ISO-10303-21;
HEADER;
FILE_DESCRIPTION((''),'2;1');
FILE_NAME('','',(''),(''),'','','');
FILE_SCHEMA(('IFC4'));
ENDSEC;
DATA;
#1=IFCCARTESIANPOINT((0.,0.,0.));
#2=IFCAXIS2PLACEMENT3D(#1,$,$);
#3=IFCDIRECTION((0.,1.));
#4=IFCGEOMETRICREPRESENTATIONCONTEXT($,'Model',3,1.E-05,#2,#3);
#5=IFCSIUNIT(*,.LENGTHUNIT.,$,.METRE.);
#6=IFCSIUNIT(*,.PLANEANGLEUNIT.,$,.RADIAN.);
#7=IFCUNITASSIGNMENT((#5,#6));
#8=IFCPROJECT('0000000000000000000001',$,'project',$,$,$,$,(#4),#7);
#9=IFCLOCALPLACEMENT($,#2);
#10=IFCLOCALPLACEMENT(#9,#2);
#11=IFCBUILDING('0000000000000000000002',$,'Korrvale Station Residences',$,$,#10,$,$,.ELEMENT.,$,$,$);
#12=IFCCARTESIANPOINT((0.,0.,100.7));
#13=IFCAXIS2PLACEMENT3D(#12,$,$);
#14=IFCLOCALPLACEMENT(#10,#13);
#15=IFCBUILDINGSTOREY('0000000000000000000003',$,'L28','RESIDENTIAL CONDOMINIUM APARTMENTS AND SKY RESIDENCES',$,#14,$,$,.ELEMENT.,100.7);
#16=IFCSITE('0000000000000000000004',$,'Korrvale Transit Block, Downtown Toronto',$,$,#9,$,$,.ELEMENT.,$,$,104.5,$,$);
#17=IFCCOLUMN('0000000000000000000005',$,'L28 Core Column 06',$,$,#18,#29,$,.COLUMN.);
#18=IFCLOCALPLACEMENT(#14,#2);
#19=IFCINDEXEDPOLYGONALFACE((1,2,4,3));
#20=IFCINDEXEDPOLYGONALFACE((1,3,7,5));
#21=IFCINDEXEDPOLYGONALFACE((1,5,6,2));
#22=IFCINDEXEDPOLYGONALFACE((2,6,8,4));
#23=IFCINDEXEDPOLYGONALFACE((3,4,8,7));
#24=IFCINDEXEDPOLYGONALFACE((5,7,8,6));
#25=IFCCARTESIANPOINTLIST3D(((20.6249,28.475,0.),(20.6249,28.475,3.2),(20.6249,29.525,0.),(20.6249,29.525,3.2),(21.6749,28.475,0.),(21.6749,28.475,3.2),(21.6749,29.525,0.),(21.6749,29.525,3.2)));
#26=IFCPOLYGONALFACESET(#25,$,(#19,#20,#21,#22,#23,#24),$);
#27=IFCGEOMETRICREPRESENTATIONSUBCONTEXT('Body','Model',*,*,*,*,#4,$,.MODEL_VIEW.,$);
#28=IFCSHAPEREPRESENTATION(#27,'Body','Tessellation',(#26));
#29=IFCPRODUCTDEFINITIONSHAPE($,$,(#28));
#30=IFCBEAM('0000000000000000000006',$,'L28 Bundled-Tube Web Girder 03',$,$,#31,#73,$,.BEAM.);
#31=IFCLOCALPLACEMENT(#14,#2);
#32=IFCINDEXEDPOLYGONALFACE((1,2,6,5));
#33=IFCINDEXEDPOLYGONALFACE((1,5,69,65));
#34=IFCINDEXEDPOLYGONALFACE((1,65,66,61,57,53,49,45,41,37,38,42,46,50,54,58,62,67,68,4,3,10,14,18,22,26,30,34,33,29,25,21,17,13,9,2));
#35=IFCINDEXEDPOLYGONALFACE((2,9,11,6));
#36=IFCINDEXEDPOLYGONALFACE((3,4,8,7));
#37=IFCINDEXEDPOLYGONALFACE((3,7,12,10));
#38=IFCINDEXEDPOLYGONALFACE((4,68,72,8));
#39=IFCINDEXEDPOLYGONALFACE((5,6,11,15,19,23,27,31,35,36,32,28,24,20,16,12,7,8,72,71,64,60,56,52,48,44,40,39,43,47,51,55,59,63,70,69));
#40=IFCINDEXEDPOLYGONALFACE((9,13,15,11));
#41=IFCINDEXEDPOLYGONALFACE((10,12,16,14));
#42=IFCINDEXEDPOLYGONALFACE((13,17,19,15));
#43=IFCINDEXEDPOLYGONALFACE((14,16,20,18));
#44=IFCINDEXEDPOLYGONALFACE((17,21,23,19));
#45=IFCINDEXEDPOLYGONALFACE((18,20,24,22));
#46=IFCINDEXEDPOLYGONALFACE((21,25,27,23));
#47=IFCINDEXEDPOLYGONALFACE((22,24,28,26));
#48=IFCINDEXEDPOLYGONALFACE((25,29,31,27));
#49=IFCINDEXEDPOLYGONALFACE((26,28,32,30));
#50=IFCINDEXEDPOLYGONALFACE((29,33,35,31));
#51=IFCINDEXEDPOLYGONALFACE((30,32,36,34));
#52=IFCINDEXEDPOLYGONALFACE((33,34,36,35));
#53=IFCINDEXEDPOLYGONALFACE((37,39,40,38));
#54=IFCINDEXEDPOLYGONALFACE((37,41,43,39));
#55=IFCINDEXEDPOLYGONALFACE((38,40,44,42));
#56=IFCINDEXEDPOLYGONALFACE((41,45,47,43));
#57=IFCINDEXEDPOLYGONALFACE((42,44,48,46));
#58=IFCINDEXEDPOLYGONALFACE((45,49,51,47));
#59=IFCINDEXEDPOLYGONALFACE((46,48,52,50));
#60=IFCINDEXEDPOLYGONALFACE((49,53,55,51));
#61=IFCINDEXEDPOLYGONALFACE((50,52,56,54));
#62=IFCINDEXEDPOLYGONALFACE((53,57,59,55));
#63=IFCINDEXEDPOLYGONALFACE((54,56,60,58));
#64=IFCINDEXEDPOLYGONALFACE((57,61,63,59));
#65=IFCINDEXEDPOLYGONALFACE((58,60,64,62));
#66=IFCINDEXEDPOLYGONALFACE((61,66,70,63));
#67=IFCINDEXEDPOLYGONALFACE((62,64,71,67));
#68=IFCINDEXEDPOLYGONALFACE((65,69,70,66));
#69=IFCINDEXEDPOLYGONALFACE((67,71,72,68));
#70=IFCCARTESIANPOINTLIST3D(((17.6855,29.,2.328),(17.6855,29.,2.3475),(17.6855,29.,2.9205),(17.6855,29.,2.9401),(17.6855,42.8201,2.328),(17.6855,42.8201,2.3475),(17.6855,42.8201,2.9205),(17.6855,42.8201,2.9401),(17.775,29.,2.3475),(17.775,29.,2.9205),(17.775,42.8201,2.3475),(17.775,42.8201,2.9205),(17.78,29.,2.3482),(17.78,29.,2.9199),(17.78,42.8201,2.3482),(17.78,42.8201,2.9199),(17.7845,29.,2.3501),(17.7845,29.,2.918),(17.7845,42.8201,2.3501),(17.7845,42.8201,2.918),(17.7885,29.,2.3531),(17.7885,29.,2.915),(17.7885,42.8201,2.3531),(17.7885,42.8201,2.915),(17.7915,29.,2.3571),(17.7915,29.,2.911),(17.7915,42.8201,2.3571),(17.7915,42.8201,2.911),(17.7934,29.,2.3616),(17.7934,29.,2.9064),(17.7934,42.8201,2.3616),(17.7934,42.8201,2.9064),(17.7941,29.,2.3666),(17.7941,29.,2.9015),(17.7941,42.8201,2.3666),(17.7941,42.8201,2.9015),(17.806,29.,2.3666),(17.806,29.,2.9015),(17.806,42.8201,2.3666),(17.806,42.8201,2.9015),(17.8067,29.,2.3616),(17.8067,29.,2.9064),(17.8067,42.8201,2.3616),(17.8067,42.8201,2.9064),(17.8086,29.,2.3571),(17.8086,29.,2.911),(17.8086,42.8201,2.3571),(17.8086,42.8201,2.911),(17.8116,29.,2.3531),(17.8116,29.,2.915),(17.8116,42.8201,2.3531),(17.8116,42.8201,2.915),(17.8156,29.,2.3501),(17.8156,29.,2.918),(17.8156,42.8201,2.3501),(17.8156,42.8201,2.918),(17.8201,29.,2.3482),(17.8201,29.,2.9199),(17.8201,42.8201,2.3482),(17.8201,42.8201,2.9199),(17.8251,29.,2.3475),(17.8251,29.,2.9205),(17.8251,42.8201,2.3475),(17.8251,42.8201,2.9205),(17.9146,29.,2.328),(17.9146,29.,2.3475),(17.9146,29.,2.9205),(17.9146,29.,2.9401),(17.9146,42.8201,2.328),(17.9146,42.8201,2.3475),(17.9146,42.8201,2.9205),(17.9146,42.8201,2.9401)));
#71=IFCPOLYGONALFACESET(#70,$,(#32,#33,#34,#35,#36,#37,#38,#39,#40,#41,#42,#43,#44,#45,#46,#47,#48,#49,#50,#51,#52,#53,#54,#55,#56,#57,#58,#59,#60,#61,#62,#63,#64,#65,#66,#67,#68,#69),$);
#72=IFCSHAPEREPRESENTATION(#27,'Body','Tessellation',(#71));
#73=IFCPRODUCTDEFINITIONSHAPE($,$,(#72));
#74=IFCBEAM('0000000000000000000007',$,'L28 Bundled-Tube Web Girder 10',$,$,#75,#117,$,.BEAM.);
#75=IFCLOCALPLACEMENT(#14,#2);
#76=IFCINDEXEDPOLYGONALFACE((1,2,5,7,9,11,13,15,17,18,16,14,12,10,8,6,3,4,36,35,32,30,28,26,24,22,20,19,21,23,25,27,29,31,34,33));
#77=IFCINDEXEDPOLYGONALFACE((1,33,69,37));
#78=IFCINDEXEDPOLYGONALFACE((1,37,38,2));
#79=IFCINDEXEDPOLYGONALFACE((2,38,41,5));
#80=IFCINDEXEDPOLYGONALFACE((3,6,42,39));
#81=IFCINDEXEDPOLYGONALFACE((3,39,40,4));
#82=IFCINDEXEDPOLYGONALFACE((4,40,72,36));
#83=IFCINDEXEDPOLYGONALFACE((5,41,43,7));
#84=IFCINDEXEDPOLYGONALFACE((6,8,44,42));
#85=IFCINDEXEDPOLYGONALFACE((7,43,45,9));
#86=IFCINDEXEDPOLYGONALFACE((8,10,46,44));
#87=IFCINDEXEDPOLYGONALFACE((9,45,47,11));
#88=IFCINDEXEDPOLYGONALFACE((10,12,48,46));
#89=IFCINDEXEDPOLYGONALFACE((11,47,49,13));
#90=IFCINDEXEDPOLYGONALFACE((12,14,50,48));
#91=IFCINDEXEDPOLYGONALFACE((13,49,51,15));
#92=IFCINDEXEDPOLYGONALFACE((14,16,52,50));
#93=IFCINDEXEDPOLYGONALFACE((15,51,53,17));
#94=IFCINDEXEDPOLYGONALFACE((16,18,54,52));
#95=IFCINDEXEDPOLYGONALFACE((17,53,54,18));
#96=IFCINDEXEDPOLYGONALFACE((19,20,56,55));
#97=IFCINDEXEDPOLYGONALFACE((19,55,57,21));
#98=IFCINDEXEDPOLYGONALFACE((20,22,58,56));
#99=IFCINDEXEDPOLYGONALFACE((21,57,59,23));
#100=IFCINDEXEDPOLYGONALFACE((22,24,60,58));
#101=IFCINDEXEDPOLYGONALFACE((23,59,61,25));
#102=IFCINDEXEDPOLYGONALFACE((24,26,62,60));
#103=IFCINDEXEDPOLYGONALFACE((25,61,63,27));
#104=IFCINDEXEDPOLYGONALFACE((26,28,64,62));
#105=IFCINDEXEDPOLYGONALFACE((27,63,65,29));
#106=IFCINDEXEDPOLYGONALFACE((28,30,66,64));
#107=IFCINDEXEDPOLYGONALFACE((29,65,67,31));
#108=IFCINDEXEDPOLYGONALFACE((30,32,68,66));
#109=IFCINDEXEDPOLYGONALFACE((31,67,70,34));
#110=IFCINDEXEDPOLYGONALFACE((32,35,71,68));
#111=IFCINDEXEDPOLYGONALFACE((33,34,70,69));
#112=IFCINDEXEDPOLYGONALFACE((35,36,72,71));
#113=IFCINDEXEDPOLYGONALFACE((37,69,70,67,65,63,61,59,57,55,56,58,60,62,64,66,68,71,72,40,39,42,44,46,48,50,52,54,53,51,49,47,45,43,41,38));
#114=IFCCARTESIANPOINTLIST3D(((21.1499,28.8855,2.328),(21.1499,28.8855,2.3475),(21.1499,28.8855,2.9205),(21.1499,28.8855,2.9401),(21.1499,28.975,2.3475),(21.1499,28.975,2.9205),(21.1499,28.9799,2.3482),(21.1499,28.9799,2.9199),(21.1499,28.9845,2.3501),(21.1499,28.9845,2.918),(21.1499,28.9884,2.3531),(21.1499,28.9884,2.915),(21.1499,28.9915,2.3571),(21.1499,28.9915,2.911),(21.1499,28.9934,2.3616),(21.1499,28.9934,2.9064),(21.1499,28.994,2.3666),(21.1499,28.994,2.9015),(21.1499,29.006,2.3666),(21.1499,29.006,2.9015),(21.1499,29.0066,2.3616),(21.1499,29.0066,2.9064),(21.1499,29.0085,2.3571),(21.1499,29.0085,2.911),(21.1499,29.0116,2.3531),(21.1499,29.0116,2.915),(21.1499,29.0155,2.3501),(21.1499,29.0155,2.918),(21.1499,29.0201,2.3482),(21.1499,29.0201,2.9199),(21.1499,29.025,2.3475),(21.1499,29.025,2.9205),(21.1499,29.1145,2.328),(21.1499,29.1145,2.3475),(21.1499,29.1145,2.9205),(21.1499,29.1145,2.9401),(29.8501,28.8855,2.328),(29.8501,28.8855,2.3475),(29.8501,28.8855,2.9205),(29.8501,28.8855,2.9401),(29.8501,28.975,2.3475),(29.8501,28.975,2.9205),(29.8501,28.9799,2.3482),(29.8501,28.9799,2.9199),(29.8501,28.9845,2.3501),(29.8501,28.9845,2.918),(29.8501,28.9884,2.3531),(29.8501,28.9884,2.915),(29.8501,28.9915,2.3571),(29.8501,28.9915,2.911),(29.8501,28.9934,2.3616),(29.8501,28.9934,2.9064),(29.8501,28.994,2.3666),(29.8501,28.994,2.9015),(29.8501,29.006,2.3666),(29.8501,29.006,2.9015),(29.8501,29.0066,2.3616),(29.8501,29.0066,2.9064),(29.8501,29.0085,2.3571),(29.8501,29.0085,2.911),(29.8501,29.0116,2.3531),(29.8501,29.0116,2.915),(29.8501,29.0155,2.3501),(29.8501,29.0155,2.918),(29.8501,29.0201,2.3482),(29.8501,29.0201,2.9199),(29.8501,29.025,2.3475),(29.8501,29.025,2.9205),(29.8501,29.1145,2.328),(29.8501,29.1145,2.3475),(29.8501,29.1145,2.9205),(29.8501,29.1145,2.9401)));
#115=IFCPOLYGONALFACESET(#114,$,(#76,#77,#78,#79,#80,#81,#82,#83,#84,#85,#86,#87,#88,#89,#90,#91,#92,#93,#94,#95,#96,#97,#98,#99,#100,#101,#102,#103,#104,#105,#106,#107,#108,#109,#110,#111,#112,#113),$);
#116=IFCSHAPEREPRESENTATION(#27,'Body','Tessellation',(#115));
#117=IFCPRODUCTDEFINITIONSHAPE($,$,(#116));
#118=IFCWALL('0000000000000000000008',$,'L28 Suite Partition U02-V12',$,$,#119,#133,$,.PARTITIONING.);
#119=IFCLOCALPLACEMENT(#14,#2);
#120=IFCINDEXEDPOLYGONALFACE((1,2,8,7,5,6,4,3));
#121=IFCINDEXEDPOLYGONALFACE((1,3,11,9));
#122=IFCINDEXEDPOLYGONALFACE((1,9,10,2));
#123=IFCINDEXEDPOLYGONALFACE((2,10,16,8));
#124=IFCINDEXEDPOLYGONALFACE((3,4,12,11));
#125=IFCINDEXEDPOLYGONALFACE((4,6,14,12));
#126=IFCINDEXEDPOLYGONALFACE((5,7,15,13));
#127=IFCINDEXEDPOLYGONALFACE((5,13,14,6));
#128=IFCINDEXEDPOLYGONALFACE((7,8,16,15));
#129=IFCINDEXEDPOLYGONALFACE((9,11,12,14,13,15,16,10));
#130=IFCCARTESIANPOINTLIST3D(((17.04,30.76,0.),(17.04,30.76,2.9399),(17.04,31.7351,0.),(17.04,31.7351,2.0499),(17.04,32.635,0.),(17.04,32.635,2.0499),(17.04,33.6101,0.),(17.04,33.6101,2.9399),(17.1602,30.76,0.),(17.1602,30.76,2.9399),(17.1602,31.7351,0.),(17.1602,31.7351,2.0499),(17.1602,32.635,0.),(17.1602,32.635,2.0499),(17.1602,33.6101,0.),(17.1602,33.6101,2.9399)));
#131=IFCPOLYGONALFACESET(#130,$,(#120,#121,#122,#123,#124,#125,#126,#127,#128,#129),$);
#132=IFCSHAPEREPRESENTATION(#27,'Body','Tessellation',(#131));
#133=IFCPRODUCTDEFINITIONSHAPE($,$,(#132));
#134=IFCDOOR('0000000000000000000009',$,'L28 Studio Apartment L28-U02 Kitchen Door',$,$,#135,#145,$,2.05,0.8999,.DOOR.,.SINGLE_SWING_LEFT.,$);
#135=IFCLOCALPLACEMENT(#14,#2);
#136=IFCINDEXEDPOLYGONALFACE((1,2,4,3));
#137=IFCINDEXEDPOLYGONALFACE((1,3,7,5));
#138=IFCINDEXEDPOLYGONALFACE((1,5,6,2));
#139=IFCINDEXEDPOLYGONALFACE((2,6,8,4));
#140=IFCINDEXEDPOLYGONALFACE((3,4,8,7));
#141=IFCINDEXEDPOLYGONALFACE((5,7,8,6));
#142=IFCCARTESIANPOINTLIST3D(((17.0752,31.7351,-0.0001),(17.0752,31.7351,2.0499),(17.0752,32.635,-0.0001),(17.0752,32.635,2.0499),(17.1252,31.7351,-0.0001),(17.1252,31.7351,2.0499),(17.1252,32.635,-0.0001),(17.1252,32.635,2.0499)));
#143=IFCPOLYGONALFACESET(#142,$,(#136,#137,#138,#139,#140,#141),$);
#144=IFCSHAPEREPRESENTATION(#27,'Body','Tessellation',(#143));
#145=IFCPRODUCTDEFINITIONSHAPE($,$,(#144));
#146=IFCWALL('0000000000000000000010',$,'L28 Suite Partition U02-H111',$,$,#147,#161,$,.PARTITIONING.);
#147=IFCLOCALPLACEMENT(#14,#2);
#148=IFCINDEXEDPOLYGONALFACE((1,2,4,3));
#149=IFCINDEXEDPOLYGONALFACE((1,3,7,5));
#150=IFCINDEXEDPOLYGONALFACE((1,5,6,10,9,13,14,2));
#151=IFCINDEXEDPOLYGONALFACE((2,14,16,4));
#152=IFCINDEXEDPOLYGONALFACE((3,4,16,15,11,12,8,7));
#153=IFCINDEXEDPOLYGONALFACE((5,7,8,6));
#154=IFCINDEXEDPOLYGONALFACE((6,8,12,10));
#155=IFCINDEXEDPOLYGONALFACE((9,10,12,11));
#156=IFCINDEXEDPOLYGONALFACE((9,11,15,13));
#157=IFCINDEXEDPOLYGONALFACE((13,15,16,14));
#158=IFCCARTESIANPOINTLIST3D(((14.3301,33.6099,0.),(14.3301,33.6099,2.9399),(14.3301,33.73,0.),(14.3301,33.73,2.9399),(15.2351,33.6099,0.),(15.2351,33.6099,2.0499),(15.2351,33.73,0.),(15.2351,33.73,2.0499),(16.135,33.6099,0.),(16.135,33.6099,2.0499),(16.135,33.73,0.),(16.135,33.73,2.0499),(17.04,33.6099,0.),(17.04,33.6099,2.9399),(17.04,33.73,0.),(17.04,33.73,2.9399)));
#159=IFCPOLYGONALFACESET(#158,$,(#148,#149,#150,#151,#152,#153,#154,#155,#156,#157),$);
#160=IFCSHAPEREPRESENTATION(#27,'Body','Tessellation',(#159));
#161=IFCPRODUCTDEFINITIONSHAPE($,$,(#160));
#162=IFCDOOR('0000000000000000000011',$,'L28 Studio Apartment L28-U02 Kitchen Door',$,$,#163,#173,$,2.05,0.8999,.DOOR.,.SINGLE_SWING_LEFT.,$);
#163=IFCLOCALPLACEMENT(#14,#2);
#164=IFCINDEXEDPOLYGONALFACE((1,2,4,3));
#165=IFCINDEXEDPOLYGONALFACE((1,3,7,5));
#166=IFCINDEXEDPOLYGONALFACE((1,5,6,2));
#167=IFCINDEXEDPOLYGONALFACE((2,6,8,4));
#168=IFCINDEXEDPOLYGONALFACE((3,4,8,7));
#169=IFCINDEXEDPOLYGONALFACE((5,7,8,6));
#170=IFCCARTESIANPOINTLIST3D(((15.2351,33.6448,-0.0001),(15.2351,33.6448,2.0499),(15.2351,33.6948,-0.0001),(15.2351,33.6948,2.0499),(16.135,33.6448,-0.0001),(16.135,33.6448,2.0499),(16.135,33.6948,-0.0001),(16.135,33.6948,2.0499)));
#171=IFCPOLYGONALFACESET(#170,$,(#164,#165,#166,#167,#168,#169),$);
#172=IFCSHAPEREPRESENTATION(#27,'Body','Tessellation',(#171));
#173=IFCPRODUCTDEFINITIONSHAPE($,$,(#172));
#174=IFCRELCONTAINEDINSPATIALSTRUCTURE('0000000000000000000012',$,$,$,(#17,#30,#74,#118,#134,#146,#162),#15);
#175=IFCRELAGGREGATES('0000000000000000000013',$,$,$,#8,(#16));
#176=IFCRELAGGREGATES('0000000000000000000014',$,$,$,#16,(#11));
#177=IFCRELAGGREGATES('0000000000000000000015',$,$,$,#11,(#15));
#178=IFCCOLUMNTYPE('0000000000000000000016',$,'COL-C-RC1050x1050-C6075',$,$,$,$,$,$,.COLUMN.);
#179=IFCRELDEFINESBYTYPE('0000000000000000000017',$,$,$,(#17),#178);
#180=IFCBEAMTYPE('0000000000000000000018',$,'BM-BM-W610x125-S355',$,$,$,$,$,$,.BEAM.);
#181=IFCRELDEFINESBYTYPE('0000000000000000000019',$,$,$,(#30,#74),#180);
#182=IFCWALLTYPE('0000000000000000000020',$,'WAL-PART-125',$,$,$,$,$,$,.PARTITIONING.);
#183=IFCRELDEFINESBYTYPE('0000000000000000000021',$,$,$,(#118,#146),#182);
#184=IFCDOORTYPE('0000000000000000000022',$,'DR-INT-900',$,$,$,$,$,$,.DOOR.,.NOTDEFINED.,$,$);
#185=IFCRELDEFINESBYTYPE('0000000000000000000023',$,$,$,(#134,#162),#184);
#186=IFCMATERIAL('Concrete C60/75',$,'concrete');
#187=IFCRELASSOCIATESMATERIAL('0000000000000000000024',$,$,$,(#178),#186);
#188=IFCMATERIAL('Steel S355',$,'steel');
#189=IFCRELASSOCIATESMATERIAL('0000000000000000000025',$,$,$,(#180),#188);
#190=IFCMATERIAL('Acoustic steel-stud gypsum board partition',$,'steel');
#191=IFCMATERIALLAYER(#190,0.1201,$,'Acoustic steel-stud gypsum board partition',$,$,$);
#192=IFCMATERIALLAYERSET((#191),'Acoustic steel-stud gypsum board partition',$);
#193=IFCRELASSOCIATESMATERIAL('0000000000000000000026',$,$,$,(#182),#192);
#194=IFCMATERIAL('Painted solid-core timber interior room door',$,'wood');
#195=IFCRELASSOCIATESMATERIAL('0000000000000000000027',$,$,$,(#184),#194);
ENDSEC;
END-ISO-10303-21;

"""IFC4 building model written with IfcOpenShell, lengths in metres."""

from ifc_helpers import new_model, si_unit, direction, frame, frame_2d, origin, origin_2d, place, context, subcontext, project, spatial, rectangle, i_section, extrude, material, layer, layer_set, material_profile, profile_set, type_object, element, fill, save


model = new_model("IFC4")

# Units and contexts
model_context = context("Model", 3, precision=1e-05, world=origin(), true_north=direction((0.0, 1.0)))
body_context = subcontext(model_context, "Body", "Model", "MODEL_VIEW")
ifc_project = project(units=[si_unit("LENGTHUNIT", "METRE"), si_unit("PLANEANGLEUNIT", "RADIAN")], contexts=[model_context])

# Site, building, storey
site_placement = place(None, origin())
site = spatial("IfcSite", under=ifc_project, at=site_placement, Name="Korrvale Transit Block, Downtown Toronto", CompositionType="ELEMENT", RefElevation=104.5)
building_placement = place(site_placement, origin())
building = spatial("IfcBuilding", under=site, at=building_placement, Name="Korrvale Station Residences", CompositionType="ELEMENT")
storey_placement = place(building_placement, frame((0.0, 0.0, 100.7)))
storey = spatial("IfcBuildingStorey", under=building, at=storey_placement, Name="L28", Description="RESIDENTIAL CONDOMINIUM APARTMENTS AND SKY RESIDENCES", CompositionType="ELEMENT", Elevation=100.7)

# Column
ifc_material_1 = material(Name="Concrete C60/75", Category="concrete")
ifc_material_profile_1 = material_profile(ifc_material_1, rectangle(XDim=1.05, YDim=1.05, at=origin_2d()), Name="RC1050x1050")
ifc_profile_set_1 = profile_set([ifc_material_profile_1], Name="Concrete C60/75")
column_type = type_object("IfcColumnType", Name="COL-C-RC1050x1050-C6075", PredefinedType="COLUMN", material=ifc_profile_set_1)
column_placement = place(storey_placement, frame((21.1499, 29.0, 0.0), z_axis=(0.0, 0.0, 1.0), x_axis=(1.0, 0.0, 0.0)))
element("IfcColumn", 1, at=column_placement, inside=storey, type_object=column_type, Name="L28 Core Column 06", PredefinedType="COLUMN", context=body_context, shape_type="SweptSolid", body=[
    extrude(rectangle(XDim=1.05, YDim=1.05, at=origin_2d()), origin(), (0.0, 0.0, 1.0), 3.2),
])

# Beams
ifc_material_2 = material(Name="Steel S355", Category="steel")
ifc_material_profile_2 = material_profile(ifc_material_2, i_section(OverallWidth=0.229, OverallDepth=0.6121, WebThickness=0.012, FlangeThickness=0.0195, FilletRadius=0.019, at=origin_2d()), Name="W610x125")
ifc_profile_set_2 = profile_set([ifc_material_profile_2], Name="Steel S355")
beam_type = type_object("IfcBeamType", Name="BM-BM-W610x125-S355", PredefinedType="BEAM", material=ifc_profile_set_2)
beam_1_placement = place(storey_placement, frame((17.8, 29.0, 2.634), z_axis=(0.0, 1.0, 0.0), x_axis=(-1.0, 0.0, 0.0)))
element("IfcBeam", 2, at=beam_1_placement, inside=storey, type_object=beam_type, Name="L28 Bundled-Tube Web Girder 03", PredefinedType="BEAM", context=body_context, shape_type="SweptSolid", body=[
    extrude(i_section(OverallWidth=0.229, OverallDepth=0.6121, WebThickness=0.012, FlangeThickness=0.0195, FilletRadius=0.019, at=origin_2d()), origin(), (0.0, 0.0, 1.0), 13.8201),
])
beam_2_placement = place(storey_placement, frame((21.1499, 29.0, 2.634), z_axis=(1.0, 0.0, 0.0), x_axis=(0.0, 1.0, 0.0)))
element("IfcBeam", 3, at=beam_2_placement, inside=storey, type_object=beam_type, Name="L28 Bundled-Tube Web Girder 10", PredefinedType="BEAM", context=body_context, shape_type="SweptSolid", body=[
    extrude(i_section(OverallWidth=0.229, OverallDepth=0.6121, WebThickness=0.012, FlangeThickness=0.0195, FilletRadius=0.019, at=origin_2d()), origin(), (0.0, 0.0, 1.0), 8.7002),
])

# Walls, openings, doors
ifc_material_3 = material(Name="Acoustic steel-stud gypsum board partition", Category="steel")
ifc_layer = layer(ifc_material_3, 0.1201, Name="Acoustic steel-stud gypsum board partition")
ifc_layer_set = layer_set([ifc_layer], Name="Acoustic steel-stud gypsum board partition")
wall_type = type_object("IfcWallType", Name="WAL-PART-125", PredefinedType="PARTITIONING", material=ifc_layer_set)
wall_1_placement = place(storey_placement, frame((17.1001, 30.76, 0.0), z_axis=(0.0, 0.0, 1.0), x_axis=(0.0, 1.0, 0.0)))
wall_1 = element("IfcWall", 4, at=wall_1_placement, inside=storey, type_object=wall_type, Name="L28 Suite Partition U02-V12", PredefinedType="PARTITIONING", context=body_context, shape_type="SweptSolid", body=[
    extrude(rectangle(XDim=2.8501, YDim=0.1201, at=frame_2d((1.425, 0.0))), origin(), (0.0, 0.0, 1.0), 2.9399),
])
opening_1_placement = place(wall_1_placement, frame((0.9751, 0.0, 0.0)))
opening_1 = element("IfcOpeningElement", 5, at=opening_1_placement, cuts=wall_1, PredefinedType="OPENING", context=body_context, shape_type="SweptSolid", body=[
    extrude(rectangle(XDim=0.8999, YDim=2.05, at=frame_2d((0.45, 1.0249))), frame((0.0, 0.0701, 0.0), z_axis=(0.0, -1.0, 0.0), x_axis=(1.0, 0.0, 0.0)), (0.0, 0.0, 1.0), 0.1401),
])
ifc_material_4 = material(Name="Painted solid-core timber interior room door", Category="wood")
door_type = type_object("IfcDoorType", Name="DR-INT-900", OperationType="NOTDEFINED", PredefinedType="DOOR", material=ifc_material_4)
door_1_placement = place(opening_1_placement, origin())
door_1 = element("IfcDoor", 6, at=door_1_placement, inside=storey, type_object=door_type, Name="L28 Studio Apartment L28-U02 Kitchen Door", OperationType="SINGLE_SWING_LEFT", OverallHeight=2.05, OverallWidth=0.8999, PredefinedType="DOOR", context=body_context, shape_type="SweptSolid", body=[
    extrude(rectangle(XDim=0.8999, YDim=2.05, at=frame_2d((0.45, 1.0249))), frame((0.0, 0.0249, 0.0), z_axis=(0.0, -1.0, 0.0), x_axis=(1.0, 0.0, 0.0)), (0.0, 0.0, 1.0), 0.05),
])
fill(opening_1, door_1)
wall_2_placement = place(storey_placement, frame((14.3301, 33.6699, 0.0), z_axis=(0.0, 0.0, 1.0), x_axis=(1.0, 0.0, 0.0)))
wall_2 = element("IfcWall", 7, at=wall_2_placement, inside=storey, type_object=wall_type, Name="L28 Suite Partition U02-H111", PredefinedType="PARTITIONING", context=body_context, shape_type="SweptSolid", body=[
    extrude(rectangle(XDim=2.71, YDim=0.1201, at=frame_2d((1.355, 0.0))), origin(), (0.0, 0.0, 1.0), 2.9399),
])
opening_2_placement = place(wall_2_placement, frame((0.905, 0.0, 0.0)))
opening_2 = element("IfcOpeningElement", 8, at=opening_2_placement, cuts=wall_2, PredefinedType="OPENING", context=body_context, shape_type="SweptSolid", body=[
    extrude(rectangle(XDim=0.8999, YDim=2.05, at=frame_2d((0.45, 1.0249))), frame((0.0, 0.0701, 0.0), z_axis=(0.0, -1.0, 0.0), x_axis=(1.0, 0.0, 0.0)), (0.0, 0.0, 1.0), 0.1401),
])
door_2_placement = place(opening_2_placement, origin())
door_2 = element("IfcDoor", 9, at=door_2_placement, inside=storey, type_object=door_type, Name="L28 Studio Apartment L28-U02 Kitchen Door", OperationType="SINGLE_SWING_LEFT", OverallHeight=2.05, OverallWidth=0.8999, PredefinedType="DOOR", context=body_context, shape_type="SweptSolid", body=[
    extrude(rectangle(XDim=0.8999, YDim=2.05, at=frame_2d((0.45, 1.0249))), frame((0.0, 0.0249, 0.0), z_axis=(0.0, -1.0, 0.0), x_axis=(1.0, 0.0, 0.0)), (0.0, 0.0, 1.0), 0.05),
])
fill(opening_2, door_2)

save(model, "model.ifc")
